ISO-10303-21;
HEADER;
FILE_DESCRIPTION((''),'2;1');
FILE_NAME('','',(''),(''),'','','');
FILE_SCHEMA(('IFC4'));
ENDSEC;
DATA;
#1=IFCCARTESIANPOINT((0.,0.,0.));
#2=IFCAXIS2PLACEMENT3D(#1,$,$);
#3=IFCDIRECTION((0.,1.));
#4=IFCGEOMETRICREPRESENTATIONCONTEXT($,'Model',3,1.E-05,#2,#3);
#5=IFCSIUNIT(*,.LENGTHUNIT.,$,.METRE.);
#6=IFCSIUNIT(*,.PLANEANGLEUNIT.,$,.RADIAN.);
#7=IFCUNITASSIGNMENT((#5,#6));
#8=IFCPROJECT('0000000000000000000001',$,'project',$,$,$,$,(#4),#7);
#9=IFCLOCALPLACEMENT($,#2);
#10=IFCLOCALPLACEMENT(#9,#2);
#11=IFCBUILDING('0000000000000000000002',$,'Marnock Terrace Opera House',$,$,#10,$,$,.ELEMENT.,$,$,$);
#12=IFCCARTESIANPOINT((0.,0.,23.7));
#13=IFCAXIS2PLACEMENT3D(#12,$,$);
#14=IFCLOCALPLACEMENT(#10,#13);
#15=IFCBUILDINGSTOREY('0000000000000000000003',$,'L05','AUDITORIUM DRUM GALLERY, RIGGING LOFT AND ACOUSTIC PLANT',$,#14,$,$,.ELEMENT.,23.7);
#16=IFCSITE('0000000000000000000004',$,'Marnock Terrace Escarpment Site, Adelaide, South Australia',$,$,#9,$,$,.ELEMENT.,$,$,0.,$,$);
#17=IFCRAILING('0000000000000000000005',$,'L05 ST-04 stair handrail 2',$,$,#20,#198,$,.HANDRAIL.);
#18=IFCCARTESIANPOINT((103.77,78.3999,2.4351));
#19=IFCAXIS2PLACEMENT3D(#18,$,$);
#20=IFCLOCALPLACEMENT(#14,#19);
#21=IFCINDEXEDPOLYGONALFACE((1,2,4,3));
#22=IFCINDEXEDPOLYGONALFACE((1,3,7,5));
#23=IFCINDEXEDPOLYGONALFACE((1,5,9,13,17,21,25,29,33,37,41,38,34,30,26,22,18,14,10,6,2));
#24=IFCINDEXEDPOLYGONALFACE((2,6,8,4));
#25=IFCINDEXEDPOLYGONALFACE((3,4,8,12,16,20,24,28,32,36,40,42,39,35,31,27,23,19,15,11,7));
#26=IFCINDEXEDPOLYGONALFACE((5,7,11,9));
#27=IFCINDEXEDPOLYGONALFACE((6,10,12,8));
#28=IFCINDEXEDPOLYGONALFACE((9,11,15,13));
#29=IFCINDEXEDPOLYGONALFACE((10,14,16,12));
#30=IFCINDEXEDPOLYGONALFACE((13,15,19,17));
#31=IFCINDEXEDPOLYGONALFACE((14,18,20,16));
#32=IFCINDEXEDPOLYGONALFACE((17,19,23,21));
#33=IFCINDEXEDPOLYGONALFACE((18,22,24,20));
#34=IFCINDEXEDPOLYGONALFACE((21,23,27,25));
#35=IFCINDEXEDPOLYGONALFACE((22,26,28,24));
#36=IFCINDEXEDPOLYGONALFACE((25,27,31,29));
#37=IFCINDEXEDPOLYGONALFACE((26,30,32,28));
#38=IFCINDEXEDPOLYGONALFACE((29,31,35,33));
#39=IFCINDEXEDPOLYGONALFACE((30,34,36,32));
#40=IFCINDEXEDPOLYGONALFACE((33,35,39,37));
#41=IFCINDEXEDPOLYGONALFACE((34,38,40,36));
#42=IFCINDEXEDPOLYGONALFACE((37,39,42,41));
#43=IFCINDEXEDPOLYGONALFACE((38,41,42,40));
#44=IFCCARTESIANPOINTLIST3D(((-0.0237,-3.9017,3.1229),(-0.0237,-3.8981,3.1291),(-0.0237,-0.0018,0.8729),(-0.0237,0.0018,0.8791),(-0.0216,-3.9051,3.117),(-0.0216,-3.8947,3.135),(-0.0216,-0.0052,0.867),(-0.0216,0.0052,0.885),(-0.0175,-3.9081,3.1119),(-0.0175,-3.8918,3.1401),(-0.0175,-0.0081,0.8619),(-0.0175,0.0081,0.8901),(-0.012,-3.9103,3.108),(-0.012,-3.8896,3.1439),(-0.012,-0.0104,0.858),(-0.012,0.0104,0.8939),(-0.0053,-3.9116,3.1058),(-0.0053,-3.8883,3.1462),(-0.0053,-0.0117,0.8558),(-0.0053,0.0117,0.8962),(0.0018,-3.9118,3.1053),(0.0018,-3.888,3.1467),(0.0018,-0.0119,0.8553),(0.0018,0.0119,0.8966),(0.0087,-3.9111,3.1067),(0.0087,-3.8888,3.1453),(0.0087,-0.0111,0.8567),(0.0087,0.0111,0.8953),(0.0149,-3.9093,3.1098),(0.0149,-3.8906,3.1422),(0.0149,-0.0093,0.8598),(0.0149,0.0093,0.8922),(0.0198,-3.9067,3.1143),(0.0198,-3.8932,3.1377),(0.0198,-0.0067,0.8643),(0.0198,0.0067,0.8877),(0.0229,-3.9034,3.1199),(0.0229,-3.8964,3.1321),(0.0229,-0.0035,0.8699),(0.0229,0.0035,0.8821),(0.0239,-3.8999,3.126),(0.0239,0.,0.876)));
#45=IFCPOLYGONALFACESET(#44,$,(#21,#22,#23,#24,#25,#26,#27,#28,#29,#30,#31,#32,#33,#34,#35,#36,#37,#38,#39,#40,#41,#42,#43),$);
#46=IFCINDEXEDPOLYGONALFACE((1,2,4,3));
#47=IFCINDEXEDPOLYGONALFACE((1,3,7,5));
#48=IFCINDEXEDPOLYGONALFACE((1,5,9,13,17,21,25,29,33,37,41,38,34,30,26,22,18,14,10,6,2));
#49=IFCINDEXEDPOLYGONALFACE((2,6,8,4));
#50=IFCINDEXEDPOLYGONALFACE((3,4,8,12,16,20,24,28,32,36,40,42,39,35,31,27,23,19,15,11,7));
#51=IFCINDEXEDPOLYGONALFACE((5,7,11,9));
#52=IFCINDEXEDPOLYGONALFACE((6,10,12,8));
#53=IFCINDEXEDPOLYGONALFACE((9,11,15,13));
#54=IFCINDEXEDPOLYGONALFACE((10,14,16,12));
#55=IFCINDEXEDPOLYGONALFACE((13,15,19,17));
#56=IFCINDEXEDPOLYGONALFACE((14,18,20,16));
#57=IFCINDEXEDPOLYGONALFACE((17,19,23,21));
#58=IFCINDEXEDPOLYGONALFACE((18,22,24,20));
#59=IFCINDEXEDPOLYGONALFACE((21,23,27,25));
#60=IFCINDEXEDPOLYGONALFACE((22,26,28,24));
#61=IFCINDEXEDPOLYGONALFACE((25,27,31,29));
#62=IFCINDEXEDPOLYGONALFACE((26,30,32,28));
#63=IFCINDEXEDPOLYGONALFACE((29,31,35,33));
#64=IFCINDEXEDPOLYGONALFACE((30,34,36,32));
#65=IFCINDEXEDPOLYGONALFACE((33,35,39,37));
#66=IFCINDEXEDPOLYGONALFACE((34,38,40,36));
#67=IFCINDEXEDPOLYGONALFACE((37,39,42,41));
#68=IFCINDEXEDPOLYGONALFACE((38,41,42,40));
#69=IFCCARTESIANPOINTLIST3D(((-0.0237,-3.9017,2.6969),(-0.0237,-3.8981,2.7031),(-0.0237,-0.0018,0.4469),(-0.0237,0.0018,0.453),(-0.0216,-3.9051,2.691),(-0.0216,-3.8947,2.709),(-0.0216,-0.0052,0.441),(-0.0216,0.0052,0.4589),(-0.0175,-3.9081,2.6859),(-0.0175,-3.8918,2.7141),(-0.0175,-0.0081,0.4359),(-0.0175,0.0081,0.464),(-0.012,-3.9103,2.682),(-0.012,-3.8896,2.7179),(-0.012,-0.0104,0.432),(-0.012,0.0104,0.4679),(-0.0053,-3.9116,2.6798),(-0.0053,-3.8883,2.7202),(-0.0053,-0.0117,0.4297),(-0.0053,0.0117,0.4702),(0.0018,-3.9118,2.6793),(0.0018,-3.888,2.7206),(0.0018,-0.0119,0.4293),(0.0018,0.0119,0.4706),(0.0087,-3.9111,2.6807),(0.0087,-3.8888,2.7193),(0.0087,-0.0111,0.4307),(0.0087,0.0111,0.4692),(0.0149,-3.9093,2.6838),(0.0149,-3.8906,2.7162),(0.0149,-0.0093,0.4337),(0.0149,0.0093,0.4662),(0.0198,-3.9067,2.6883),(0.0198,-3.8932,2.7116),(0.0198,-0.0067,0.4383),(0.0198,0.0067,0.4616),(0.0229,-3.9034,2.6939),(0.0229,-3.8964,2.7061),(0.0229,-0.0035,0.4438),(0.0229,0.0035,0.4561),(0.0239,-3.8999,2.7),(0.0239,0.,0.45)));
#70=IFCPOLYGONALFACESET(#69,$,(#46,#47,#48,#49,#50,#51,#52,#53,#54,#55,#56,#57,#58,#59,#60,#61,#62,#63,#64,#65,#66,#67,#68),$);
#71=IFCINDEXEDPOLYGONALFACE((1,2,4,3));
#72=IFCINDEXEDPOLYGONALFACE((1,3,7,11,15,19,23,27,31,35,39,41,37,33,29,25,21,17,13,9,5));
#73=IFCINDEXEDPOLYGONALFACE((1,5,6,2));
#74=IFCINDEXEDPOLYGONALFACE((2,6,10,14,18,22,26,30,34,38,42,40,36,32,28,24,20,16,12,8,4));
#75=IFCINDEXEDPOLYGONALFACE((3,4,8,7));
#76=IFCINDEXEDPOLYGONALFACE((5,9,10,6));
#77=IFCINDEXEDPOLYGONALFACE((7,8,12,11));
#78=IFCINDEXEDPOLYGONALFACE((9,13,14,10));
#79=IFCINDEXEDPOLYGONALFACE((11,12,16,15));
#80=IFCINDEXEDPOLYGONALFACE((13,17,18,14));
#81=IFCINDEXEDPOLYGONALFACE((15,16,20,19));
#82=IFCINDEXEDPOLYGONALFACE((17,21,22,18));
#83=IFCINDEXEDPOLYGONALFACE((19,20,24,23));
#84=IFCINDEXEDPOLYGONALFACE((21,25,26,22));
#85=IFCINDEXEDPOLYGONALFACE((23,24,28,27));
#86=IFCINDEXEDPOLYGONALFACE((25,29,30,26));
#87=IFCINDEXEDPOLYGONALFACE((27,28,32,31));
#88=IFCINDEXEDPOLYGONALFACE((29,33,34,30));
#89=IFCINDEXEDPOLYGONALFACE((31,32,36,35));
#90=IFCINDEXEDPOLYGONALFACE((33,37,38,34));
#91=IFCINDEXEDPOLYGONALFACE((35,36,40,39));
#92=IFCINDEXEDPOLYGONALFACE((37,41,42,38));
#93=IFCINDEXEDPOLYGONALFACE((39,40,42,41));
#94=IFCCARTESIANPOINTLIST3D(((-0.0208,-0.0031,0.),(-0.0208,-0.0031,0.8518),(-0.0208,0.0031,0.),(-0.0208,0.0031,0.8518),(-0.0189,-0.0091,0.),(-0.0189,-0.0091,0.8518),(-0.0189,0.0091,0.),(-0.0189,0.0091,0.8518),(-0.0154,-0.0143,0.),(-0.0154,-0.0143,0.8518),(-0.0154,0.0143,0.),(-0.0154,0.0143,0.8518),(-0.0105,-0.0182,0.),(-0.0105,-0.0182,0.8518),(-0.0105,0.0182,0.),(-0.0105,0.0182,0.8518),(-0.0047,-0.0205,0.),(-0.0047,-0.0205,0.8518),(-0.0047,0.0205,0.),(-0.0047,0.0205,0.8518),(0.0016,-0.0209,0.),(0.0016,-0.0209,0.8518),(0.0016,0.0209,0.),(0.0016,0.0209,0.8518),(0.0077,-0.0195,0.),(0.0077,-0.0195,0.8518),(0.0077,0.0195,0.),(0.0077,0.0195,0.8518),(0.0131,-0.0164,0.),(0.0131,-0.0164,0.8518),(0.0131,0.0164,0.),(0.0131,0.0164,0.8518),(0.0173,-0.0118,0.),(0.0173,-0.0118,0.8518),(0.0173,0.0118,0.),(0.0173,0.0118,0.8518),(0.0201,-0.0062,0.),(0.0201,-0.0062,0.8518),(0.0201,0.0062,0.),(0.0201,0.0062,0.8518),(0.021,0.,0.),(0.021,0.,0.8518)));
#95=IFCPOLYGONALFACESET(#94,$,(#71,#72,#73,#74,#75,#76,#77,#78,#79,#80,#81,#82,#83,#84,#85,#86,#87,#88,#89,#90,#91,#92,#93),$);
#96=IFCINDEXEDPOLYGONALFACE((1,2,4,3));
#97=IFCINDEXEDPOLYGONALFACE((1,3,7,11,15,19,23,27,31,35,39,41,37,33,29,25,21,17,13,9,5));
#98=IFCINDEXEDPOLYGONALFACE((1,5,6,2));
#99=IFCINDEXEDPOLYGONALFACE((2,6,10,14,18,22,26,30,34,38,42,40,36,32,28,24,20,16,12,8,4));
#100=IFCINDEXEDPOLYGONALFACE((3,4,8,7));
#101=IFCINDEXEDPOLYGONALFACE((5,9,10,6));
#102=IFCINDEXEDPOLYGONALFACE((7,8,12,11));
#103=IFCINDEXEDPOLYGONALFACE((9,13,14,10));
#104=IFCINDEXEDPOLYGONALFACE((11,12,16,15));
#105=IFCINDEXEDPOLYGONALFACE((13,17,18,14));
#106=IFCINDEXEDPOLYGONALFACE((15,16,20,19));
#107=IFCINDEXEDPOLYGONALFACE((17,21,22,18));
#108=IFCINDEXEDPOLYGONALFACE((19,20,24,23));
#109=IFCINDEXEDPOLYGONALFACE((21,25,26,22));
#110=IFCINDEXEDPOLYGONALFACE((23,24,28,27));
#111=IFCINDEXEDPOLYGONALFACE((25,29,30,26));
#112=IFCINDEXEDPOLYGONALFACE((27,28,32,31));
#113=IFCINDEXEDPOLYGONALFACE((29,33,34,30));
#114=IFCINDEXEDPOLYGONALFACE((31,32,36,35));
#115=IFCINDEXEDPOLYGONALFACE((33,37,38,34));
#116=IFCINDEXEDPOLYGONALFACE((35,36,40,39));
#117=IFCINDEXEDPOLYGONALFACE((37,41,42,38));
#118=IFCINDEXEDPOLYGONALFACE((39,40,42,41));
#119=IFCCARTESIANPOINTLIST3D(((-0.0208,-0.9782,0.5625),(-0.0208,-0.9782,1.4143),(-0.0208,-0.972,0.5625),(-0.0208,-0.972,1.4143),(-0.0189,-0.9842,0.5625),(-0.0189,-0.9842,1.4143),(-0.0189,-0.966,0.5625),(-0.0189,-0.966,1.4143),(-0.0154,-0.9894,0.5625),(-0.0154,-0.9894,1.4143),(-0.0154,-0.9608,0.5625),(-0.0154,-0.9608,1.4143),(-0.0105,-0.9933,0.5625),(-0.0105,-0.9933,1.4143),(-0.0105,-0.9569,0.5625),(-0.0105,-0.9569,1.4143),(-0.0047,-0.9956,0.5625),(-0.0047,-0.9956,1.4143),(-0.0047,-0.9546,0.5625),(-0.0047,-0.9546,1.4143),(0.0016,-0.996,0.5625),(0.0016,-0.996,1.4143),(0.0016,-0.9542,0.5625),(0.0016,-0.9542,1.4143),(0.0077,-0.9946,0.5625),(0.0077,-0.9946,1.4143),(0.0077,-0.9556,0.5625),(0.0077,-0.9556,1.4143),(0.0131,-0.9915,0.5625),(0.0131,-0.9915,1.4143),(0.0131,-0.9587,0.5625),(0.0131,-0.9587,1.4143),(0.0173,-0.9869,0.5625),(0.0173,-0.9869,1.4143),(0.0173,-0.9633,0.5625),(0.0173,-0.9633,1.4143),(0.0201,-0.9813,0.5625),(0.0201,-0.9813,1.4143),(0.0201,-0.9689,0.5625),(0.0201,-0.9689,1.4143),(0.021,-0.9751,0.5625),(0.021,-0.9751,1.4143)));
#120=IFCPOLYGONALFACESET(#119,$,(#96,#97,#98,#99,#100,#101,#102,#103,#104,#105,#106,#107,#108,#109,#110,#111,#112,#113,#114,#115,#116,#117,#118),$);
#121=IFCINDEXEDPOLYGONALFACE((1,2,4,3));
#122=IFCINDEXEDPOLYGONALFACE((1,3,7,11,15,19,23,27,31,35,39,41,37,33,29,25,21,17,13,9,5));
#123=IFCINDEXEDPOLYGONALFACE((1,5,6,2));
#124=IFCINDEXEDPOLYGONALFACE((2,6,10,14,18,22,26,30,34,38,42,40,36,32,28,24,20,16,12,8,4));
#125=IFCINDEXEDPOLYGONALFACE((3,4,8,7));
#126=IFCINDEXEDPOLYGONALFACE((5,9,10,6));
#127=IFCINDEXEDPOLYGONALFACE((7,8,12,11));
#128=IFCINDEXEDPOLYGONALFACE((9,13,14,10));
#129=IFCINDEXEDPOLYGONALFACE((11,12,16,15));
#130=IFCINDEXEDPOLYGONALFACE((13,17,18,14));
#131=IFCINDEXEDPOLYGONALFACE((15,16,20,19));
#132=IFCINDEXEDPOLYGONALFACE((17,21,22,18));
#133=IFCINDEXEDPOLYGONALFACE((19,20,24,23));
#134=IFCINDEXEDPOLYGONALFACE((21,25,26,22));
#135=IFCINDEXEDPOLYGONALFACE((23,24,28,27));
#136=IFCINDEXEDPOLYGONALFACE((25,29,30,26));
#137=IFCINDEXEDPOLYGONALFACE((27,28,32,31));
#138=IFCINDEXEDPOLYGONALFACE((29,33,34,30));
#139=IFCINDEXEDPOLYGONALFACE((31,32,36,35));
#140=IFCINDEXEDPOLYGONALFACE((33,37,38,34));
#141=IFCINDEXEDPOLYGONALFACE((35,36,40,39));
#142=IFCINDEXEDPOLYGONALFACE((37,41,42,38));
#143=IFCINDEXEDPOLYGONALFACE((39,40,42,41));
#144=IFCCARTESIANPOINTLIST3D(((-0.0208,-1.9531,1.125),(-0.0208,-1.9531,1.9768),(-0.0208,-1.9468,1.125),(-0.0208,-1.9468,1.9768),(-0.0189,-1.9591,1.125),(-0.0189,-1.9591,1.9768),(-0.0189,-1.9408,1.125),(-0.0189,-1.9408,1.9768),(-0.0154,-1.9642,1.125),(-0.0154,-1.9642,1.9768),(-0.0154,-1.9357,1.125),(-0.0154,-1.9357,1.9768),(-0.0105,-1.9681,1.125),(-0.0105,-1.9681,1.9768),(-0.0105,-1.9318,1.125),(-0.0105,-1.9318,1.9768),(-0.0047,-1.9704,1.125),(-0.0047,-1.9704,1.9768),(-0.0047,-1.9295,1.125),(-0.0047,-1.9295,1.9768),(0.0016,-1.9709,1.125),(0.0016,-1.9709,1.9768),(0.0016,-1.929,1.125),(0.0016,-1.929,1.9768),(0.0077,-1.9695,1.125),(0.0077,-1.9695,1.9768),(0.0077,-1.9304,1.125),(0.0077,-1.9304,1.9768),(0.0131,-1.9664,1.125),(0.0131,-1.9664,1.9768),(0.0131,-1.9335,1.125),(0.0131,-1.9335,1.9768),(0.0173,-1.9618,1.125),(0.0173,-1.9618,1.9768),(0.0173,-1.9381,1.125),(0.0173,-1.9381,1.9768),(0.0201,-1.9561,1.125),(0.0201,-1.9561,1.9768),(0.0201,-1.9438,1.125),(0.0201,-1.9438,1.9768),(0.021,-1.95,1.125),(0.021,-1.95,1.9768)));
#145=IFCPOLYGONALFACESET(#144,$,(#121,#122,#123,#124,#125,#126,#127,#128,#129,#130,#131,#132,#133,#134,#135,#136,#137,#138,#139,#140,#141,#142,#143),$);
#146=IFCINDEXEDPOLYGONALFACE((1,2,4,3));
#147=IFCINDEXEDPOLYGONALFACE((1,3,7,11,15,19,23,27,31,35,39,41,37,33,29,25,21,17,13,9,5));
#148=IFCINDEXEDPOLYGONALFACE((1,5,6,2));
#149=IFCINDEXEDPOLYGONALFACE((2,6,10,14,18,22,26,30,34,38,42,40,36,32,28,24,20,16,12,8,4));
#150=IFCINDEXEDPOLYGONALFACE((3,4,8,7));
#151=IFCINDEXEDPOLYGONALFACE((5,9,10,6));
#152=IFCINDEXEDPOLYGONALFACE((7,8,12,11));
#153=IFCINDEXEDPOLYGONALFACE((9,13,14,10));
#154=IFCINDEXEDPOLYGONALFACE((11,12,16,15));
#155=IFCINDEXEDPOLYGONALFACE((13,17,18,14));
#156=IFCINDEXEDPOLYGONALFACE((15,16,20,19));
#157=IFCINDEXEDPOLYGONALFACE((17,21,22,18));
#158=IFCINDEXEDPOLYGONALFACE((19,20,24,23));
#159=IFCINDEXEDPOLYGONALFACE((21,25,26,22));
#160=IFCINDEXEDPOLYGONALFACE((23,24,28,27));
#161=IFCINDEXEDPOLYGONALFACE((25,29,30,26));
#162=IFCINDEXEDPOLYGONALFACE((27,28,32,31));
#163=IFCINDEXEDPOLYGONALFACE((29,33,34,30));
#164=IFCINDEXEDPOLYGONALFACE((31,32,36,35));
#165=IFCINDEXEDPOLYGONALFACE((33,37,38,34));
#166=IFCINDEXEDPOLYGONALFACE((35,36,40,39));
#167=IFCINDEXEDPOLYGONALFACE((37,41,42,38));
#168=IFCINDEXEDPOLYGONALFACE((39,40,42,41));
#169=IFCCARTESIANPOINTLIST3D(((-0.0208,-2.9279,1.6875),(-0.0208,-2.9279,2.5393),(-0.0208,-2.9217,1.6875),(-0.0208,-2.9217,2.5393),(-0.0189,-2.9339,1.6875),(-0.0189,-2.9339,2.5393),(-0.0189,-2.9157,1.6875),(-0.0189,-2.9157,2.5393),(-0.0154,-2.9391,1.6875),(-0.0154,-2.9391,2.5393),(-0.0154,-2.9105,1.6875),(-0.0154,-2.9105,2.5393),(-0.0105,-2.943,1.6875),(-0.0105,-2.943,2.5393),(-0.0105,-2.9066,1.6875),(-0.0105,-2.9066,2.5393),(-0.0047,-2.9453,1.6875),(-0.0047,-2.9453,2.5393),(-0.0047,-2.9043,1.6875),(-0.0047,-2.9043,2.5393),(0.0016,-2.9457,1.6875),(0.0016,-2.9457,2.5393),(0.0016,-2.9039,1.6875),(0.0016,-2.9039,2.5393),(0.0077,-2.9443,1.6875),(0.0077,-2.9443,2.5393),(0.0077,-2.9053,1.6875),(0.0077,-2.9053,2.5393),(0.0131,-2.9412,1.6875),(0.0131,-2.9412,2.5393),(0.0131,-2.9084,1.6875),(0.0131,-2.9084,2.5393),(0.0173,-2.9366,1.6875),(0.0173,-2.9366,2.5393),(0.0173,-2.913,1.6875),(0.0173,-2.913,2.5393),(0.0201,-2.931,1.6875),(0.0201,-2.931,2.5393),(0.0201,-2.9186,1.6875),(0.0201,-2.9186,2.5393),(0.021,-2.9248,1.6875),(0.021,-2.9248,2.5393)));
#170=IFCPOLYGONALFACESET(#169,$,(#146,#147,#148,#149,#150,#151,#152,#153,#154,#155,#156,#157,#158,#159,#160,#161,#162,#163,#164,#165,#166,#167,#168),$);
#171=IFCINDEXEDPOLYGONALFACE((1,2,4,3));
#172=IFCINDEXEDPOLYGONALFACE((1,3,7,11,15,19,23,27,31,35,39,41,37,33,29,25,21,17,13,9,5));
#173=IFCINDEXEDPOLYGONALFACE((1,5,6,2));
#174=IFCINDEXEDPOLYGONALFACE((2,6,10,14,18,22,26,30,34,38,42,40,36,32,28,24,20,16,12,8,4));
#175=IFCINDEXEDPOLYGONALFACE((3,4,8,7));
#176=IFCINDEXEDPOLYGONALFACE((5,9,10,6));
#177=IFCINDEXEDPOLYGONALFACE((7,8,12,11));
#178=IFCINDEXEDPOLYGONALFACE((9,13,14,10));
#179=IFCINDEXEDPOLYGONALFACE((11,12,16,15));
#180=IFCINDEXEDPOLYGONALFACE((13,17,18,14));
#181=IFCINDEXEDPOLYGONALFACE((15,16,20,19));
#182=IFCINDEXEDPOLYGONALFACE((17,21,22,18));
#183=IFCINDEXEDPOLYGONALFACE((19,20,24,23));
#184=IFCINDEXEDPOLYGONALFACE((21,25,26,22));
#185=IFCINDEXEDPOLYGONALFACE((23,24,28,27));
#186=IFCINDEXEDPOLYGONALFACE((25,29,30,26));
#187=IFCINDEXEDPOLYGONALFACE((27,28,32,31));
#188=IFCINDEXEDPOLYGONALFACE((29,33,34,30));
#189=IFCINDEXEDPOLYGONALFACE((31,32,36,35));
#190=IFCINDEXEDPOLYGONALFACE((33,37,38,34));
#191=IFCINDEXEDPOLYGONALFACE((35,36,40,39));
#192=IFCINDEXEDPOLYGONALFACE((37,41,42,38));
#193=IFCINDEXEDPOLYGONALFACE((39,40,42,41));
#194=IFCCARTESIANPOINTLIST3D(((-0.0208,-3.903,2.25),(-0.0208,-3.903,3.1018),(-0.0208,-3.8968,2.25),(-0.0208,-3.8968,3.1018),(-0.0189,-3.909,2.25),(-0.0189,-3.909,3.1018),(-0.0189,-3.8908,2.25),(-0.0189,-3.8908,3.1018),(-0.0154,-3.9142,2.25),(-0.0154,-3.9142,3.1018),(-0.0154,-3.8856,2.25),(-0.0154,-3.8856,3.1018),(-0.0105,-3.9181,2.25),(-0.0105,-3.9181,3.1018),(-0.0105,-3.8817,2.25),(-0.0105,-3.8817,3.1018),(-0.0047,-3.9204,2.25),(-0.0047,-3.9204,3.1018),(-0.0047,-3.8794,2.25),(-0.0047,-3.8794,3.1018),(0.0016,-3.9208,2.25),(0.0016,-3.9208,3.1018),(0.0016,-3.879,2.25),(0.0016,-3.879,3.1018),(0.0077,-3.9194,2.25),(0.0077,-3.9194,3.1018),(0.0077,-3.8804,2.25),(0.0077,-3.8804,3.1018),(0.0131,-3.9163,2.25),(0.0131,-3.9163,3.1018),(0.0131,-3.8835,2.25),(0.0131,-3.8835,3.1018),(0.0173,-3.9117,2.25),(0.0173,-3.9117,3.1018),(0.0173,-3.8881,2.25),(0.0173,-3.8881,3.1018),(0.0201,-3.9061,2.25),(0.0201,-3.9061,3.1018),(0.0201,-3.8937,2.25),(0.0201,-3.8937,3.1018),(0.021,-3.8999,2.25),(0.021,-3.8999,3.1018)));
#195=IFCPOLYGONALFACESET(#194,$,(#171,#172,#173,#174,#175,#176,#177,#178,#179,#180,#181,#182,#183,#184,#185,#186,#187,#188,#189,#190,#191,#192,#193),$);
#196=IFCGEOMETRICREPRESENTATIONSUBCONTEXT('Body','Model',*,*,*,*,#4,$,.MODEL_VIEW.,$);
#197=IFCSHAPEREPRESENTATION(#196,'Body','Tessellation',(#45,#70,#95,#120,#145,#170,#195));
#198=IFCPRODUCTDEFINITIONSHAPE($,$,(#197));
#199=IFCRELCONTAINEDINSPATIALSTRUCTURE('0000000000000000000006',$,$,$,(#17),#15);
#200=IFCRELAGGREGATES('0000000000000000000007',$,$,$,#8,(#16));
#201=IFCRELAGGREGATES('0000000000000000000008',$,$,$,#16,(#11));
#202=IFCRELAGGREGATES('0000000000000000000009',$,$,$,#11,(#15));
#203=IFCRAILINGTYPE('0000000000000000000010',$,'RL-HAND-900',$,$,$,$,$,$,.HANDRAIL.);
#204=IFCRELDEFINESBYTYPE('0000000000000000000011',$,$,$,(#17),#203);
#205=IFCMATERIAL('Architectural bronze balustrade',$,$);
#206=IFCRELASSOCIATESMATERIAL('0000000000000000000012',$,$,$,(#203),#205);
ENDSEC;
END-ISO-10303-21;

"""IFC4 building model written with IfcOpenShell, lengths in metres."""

from ifc_helpers import new_model, si_unit, direction, frame, origin, origin_2d, place, context, subcontext, project, spatial, circle, extrude, material, type_object, element, save


model = new_model("IFC4")

# Units and contexts
model_context = context("Model", 3, precision=1e-05, world=origin(), true_north=direction((0.0, 1.0)))
body_context = subcontext(model_context, "Body", "Model", "MODEL_VIEW")
ifc_project = project(units=[si_unit("LENGTHUNIT", "METRE"), si_unit("PLANEANGLEUNIT", "RADIAN")], contexts=[model_context])

# Site, building, storey
site_placement = place(None, origin())
site = spatial("IfcSite", under=ifc_project, at=site_placement, Name="Marnock Terrace Escarpment Site, Adelaide, South Australia", CompositionType="ELEMENT", RefElevation=0.0)
building_placement = place(site_placement, origin())
building = spatial("IfcBuilding", under=site, at=building_placement, Name="Marnock Terrace Opera House", CompositionType="ELEMENT")
storey_placement = place(building_placement, frame((0.0, 0.0, 23.7)))
storey = spatial("IfcBuildingStorey", under=building, at=storey_placement, Name="L05", Description="AUDITORIUM DRUM GALLERY, RIGGING LOFT AND ACOUSTIC PLANT", CompositionType="ELEMENT", Elevation=23.7)

# Railing
ifc_material_1 = material(Name="Architectural bronze balustrade")
railing_type_1 = type_object("IfcRailingType", Name="RL-HAND-900", PredefinedType="HANDRAIL", material=ifc_material_1)
railing_1_placement = place(storey_placement, frame((103.77, 78.3999, 2.4351)))
element("IfcRailing", 1, at=railing_1_placement, inside=storey, type_object=railing_type_1, Name="L05 ST-04 stair handrail 2", PredefinedType="HANDRAIL", context=body_context, shape_type="SweptSolid", body=[
    extrude(circle(Radius=0.0239, at=origin_2d()), frame((0.0, 0.0, 0.876), z_axis=(0.0, -0.86618, 0.499732), x_axis=(1.0, 0.0, 0.0)), (0.0, 0.0, 1.0), 4.5024),
    extrude(circle(Radius=0.0239, at=origin_2d()), frame((0.0, 0.0, 0.45), z_axis=(0.0, -0.86618, 0.499732), x_axis=(1.0, 0.0, 0.0)), (0.0, 0.0, 1.0), 4.5024),
    extrude(circle(Radius=0.021, at=origin_2d()), origin(), (0.0, 0.0, 1.0), 0.8518),
    extrude(circle(Radius=0.021, at=origin_2d()), frame((0.0, -0.9751, 0.5625)), (0.0, 0.0, 1.0), 0.8518),
    extrude(circle(Radius=0.021, at=origin_2d()), frame((0.0, -1.95, 1.125)), (0.0, 0.0, 1.0), 0.8518),
    extrude(circle(Radius=0.021, at=origin_2d()), frame((0.0, -2.9248, 1.6875)), (0.0, 0.0, 1.0), 0.8518),
    extrude(circle(Radius=0.021, at=origin_2d()), frame((0.0, -3.8999, 2.25)), (0.0, 0.0, 1.0), 0.8518),
])

save(model, "model.ifc")
